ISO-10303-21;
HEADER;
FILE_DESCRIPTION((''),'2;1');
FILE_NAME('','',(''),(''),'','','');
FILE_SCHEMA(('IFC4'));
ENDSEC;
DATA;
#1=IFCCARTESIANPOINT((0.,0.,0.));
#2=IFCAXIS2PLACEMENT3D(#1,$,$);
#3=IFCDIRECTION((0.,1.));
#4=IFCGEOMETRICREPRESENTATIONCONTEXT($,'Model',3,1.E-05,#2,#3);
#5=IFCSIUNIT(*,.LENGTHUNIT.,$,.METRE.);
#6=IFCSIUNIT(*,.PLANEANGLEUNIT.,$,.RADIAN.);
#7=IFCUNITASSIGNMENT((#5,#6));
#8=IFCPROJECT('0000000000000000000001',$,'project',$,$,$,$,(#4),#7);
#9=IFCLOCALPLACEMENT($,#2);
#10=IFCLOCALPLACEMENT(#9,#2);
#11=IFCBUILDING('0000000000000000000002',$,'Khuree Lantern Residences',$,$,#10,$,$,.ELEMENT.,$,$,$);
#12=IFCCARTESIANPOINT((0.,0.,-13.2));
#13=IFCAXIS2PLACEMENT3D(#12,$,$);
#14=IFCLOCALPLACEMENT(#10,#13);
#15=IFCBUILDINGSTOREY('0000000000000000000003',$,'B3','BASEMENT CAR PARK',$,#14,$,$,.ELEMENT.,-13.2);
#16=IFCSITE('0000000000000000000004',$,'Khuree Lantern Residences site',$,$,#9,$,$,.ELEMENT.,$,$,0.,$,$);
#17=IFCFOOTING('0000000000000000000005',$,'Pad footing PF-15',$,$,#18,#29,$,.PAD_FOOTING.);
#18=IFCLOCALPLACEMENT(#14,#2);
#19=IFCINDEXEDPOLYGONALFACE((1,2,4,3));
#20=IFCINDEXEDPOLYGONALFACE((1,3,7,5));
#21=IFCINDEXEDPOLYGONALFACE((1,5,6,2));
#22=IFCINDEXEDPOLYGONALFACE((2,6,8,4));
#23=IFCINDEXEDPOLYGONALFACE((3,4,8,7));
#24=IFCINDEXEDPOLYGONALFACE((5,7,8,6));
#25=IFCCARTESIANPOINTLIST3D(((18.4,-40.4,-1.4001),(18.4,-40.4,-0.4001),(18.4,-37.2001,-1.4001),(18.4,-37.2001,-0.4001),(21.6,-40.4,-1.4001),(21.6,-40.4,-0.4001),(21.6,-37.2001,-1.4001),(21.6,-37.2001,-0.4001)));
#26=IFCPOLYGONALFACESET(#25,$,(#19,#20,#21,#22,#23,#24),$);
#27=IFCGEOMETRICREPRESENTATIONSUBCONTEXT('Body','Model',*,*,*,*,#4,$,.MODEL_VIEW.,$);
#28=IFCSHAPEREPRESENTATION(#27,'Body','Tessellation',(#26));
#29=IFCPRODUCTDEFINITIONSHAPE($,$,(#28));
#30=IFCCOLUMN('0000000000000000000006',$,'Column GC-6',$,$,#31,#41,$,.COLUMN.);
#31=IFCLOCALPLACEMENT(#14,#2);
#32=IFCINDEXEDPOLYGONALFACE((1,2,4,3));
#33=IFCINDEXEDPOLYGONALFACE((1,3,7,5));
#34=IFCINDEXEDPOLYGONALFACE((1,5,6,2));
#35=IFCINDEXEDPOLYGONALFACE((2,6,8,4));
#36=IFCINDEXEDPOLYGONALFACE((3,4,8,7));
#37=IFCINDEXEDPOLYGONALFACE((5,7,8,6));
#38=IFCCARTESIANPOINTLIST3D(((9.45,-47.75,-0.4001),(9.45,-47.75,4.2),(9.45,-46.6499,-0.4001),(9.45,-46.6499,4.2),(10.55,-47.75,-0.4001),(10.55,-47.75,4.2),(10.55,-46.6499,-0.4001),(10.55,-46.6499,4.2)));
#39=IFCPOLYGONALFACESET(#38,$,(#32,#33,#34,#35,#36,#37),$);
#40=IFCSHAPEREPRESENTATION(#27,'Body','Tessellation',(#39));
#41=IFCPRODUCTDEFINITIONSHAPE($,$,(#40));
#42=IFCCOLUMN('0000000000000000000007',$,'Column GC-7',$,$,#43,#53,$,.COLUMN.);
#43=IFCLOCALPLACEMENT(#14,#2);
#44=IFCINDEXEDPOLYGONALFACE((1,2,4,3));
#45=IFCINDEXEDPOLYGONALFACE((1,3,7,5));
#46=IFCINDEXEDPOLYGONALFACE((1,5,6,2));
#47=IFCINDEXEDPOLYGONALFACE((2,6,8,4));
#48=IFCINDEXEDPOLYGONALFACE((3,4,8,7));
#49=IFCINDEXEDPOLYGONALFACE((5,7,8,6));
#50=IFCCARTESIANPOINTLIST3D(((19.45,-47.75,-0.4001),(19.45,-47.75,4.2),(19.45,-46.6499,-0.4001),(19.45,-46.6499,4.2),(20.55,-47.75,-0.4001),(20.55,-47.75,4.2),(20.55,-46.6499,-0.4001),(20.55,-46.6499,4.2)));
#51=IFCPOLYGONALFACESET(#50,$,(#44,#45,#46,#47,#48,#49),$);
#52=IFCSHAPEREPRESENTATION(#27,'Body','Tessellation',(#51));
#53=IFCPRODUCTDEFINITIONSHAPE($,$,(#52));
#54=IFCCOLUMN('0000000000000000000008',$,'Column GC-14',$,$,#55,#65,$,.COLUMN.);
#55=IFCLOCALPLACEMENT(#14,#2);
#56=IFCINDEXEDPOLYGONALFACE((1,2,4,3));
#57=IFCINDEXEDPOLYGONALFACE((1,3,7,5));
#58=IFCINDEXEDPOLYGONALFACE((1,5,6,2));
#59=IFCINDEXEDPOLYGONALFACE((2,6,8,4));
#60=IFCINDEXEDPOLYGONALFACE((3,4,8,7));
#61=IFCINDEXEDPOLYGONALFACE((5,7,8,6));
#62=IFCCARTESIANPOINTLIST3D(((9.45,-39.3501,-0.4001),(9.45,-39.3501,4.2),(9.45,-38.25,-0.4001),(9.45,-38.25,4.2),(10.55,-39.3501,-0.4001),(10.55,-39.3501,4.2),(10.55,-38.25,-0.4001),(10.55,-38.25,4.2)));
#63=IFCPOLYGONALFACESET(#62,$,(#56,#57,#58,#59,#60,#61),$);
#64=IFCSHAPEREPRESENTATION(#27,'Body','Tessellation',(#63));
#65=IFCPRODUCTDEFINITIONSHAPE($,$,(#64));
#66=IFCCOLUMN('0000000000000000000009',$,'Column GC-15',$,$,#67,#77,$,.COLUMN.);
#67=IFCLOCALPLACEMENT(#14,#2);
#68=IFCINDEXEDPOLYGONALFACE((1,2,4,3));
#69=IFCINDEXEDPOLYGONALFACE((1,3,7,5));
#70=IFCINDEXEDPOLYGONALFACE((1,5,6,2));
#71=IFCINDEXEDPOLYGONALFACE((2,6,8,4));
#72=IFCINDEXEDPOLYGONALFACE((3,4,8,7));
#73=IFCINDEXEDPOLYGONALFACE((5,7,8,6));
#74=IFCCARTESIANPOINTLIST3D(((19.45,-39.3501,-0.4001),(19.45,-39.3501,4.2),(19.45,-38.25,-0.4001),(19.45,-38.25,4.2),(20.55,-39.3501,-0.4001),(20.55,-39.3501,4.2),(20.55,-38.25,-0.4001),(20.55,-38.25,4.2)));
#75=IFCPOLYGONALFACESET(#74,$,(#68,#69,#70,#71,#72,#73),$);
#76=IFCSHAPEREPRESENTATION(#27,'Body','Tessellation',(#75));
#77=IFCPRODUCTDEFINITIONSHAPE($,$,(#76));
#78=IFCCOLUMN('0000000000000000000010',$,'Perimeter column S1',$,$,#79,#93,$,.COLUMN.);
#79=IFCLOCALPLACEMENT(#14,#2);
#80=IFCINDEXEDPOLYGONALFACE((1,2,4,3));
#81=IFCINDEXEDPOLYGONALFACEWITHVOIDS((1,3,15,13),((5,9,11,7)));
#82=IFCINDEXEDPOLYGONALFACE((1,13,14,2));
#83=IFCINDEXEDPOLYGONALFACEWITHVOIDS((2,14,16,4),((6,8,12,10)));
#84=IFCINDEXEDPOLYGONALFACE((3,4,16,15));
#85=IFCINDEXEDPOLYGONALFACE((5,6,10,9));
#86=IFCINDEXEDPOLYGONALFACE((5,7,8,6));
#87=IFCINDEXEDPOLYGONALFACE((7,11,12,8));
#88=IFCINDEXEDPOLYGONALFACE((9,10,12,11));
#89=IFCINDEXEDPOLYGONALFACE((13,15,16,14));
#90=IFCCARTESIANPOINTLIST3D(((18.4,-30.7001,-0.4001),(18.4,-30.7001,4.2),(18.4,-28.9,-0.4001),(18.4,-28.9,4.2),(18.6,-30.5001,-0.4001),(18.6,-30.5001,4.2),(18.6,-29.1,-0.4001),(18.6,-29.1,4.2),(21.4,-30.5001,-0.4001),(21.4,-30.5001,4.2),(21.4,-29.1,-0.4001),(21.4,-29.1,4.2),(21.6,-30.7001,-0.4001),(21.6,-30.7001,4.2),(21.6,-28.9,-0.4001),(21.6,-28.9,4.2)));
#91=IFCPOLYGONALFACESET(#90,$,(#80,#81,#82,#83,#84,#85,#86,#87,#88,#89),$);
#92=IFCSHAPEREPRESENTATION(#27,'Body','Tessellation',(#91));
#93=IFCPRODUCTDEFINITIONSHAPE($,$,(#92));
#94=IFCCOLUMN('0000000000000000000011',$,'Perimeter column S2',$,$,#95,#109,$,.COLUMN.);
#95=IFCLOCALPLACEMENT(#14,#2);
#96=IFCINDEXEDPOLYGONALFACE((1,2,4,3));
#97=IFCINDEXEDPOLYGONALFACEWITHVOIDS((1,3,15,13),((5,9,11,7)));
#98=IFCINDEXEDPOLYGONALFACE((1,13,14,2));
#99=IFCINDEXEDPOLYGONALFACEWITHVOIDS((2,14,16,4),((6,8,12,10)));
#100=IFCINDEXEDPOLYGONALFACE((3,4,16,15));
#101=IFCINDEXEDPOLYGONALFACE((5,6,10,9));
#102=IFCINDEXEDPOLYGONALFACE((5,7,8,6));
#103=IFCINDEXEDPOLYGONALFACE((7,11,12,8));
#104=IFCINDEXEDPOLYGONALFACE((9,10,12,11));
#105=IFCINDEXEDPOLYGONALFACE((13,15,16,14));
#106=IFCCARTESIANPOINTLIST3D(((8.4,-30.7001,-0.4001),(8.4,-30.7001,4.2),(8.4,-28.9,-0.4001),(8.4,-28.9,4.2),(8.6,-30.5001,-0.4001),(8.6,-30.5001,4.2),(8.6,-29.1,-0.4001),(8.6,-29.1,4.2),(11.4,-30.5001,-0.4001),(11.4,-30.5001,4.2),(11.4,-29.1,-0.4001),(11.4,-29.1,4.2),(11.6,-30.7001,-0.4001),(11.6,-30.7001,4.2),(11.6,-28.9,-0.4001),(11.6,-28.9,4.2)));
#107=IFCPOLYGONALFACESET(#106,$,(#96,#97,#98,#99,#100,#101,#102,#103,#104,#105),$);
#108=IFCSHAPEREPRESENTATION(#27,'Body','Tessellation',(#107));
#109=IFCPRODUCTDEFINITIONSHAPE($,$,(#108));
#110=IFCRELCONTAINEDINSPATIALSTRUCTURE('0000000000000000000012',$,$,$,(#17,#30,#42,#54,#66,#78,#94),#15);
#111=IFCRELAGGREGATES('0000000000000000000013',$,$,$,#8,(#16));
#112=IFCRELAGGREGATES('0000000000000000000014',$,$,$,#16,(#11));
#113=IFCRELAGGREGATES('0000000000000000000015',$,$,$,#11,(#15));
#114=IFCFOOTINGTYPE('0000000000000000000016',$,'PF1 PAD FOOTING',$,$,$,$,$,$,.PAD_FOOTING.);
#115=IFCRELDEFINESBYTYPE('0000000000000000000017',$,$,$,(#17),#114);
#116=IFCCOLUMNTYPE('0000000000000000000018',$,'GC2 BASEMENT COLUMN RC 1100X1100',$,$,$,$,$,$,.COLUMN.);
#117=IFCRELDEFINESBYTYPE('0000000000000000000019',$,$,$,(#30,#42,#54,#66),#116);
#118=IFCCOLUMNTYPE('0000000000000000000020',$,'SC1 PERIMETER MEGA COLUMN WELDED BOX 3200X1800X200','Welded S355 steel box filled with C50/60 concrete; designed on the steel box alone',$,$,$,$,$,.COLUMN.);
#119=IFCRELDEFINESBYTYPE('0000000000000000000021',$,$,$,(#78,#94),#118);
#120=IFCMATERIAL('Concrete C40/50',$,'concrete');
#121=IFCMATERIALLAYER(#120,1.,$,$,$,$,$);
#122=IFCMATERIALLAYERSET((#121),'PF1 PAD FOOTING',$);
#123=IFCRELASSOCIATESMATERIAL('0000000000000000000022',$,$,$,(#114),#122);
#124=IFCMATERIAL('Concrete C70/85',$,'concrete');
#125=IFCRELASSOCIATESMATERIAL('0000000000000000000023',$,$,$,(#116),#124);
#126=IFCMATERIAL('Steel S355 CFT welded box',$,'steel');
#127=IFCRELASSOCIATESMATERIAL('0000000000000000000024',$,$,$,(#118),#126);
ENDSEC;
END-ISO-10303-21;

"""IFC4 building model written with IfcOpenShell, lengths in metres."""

from ifc_helpers import new_model, si_unit, direction, frame, origin, origin_2d, place, context, subcontext, project, spatial, rectangle, hollow_rectangle, extrude, material, layer, layer_set, material_profile, profile_set, type_object, element, save


model = new_model("IFC4")

# Units and contexts
model_context = context("Model", 3, precision=1e-05, world=origin(), true_north=direction((0.0, 1.0)))
body_context = subcontext(model_context, "Body", "Model", "MODEL_VIEW")
ifc_project = project(units=[si_unit("LENGTHUNIT", "METRE"), si_unit("PLANEANGLEUNIT", "RADIAN")], contexts=[model_context])

# Site, building, storey
site_placement = place(None, origin())
site = spatial("IfcSite", under=ifc_project, at=site_placement, Name="Khuree Lantern Residences site", CompositionType="ELEMENT", RefElevation=0.0)
building_placement = place(site_placement, origin())
building = spatial("IfcBuilding", under=site, at=building_placement, Name="Khuree Lantern Residences", CompositionType="ELEMENT")
storey_placement = place(building_placement, frame((0.0, 0.0, -13.2)))
storey = spatial("IfcBuildingStorey", under=building, at=storey_placement, Name="B3", Description="BASEMENT CAR PARK", CompositionType="ELEMENT", Elevation=-13.2)

# Footing
ifc_material_1 = material(Name="Concrete C40/50", Category="concrete")
ifc_layer = layer(ifc_material_1, 1.0)
ifc_layer_set = layer_set([ifc_layer], Name="PF1 PAD FOOTING")
footing_type = type_object("IfcFootingType", Name="PF1 PAD FOOTING", PredefinedType="PAD_FOOTING", material=ifc_layer_set)
for number, where, z_axis, x_axis, name in (
    (1, (20.0, -38.8, -1.4001), (0.0, 0.0, 1.0), (1.0, 0.0, 0.0), "Pad footing PF-15"),
):
    element("IfcFooting", number, at=place(storey_placement, frame(where, z_axis=z_axis, x_axis=x_axis)), inside=storey, type_object=footing_type, Name=name, PredefinedType="PAD_FOOTING", context=body_context, shape_type="SweptSolid", body=[
        extrude(rectangle(XDim=3.2, YDim=3.2, at=origin_2d()), origin(), (0.0, 0.0, 1.0), 1.0),
    ])

# Columns
ifc_material_2 = material(Name="Concrete C70/85", Category="concrete")
ifc_material_profile_1 = material_profile(ifc_material_2, rectangle(XDim=1.1001, YDim=1.1001, at=origin_2d()), Name="RC 1100X1100")
ifc_profile_set_1 = profile_set([ifc_material_profile_1], Name="Concrete C70/85")
column_type_1 = type_object("IfcColumnType", Name="GC2 BASEMENT COLUMN RC 1100X1100", PredefinedType="COLUMN", material=ifc_profile_set_1)
for number, where, z_axis, x_axis, name in (
    (2, (10.0, -47.2, -0.4001), (0.0, 0.0, 1.0), (1.0, 0.0, 0.0), "Column GC-6"),
    (3, (20.0, -47.2, -0.4001), (0.0, 0.0, 1.0), (1.0, 0.0, 0.0), "Column GC-7"),
    (4, (10.0, -38.8, -0.4001), (0.0, 0.0, 1.0), (1.0, 0.0, 0.0), "Column GC-14"),
    (5, (20.0, -38.8, -0.4001), (0.0, 0.0, 1.0), (1.0, 0.0, 0.0), "Column GC-15"),
):
    element("IfcColumn", number, at=place(storey_placement, frame(where, z_axis=z_axis, x_axis=x_axis)), inside=storey, type_object=column_type_1, Name=name, PredefinedType="COLUMN", context=body_context, shape_type="SweptSolid", body=[
        extrude(rectangle(XDim=1.1001, YDim=1.1001, at=origin_2d()), origin(), (0.0, 0.0, 1.0), 4.6001),
    ])
ifc_material_3 = material(Name="Steel S355 CFT welded box", Category="steel")
ifc_material_profile_2 = material_profile(ifc_material_3, hollow_rectangle(XDim=3.2, YDim=1.8, WallThickness=0.2, at=origin_2d()), Name="WELDED BOX 3200X1800X200")
ifc_profile_set_2 = profile_set([ifc_material_profile_2], Name="Steel S355 CFT welded box")
column_type_2 = type_object("IfcColumnType", Name="SC1 PERIMETER MEGA COLUMN WELDED BOX 3200X1800X200", Description="Welded S355 steel box filled with C50/60 concrete; designed on the steel box alone", PredefinedType="COLUMN", material=ifc_profile_set_2)
for number, where, z_axis, x_axis, name in (
    (6, (20.0, -29.8, -0.4001), (0.0, 0.0, 1.0), (1.0, 0.0, 0.0), "Perimeter column S1"),
    (7, (10.0, -29.8, -0.4001), (0.0, 0.0, 1.0), (1.0, 0.0, 0.0), "Perimeter column S2"),
):
    element("IfcColumn", number, at=place(storey_placement, frame(where, z_axis=z_axis, x_axis=x_axis)), inside=storey, type_object=column_type_2, Name=name, PredefinedType="COLUMN", context=body_context, shape_type="SweptSolid", body=[
        extrude(hollow_rectangle(XDim=3.2, YDim=1.8, WallThickness=0.2, at=origin_2d()), origin(), (0.0, 0.0, 1.0), 4.6001),
    ])

save(model, "model.ifc")
